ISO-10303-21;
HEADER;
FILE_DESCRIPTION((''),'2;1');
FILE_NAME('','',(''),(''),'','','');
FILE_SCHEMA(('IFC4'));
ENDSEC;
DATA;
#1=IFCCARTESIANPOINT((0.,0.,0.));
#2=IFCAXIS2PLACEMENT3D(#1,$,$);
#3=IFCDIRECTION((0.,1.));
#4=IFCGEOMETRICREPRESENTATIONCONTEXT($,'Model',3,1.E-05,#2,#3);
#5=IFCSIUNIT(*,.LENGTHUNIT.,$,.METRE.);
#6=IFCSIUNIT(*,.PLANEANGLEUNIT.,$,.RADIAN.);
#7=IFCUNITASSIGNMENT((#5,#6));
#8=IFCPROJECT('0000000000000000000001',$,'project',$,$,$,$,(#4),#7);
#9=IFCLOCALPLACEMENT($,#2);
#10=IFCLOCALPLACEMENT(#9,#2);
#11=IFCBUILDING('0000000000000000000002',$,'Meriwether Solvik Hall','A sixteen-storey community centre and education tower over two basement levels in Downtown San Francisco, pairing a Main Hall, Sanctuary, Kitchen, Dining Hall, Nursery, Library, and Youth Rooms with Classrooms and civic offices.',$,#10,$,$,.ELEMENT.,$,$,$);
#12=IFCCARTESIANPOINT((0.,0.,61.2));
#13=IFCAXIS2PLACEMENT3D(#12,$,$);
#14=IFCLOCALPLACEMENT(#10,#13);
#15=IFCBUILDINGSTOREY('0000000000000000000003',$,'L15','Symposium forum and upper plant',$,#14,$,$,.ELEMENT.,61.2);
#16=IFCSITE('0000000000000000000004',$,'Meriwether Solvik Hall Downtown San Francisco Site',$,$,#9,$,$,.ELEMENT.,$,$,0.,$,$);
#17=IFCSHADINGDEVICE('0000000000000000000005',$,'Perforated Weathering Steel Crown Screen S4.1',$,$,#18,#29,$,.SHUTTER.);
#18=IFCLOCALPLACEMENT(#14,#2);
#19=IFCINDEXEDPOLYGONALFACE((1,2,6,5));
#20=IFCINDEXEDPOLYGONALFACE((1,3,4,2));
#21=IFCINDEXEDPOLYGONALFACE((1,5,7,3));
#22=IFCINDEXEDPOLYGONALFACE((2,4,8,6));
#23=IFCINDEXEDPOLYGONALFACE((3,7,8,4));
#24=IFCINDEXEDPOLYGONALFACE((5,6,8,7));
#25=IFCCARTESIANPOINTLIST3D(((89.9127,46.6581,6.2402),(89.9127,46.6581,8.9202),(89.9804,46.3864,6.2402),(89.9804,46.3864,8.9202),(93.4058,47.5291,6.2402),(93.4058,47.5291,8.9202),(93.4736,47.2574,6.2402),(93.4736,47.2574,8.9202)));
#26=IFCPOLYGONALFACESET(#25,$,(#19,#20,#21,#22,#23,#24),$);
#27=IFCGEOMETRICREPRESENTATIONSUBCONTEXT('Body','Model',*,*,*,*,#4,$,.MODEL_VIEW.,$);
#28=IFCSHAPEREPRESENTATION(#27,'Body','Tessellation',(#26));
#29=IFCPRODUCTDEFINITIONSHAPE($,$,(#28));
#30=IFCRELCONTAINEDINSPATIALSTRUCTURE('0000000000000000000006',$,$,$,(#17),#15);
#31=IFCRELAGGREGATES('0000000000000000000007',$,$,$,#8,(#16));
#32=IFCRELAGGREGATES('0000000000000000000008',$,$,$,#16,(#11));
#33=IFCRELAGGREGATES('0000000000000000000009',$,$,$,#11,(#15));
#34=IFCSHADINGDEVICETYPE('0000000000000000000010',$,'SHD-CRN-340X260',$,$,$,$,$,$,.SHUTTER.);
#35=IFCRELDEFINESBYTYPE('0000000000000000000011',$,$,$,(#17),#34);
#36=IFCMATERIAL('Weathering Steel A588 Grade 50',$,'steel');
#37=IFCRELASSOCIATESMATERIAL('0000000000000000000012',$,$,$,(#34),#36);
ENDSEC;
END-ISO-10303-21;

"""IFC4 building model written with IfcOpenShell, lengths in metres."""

from ifc_helpers import new_model, si_unit, direction, frame, origin, origin_2d, place, context, subcontext, project, spatial, rectangle, extrude, material, type_object, element, save


model = new_model("IFC4")

# Units and contexts
model_context = context("Model", 3, precision=1e-05, world=origin(), true_north=direction((0.0, 1.0)))
body_context = subcontext(model_context, "Body", "Model", "MODEL_VIEW")
ifc_project = project(units=[si_unit("LENGTHUNIT", "METRE"), si_unit("PLANEANGLEUNIT", "RADIAN")], contexts=[model_context])

# Site, building, storey
site_placement = place(None, origin())
site = spatial("IfcSite", under=ifc_project, at=site_placement, Name="Meriwether Solvik Hall Downtown San Francisco Site", CompositionType="ELEMENT", RefElevation=0.0)
building_placement = place(site_placement, origin())
building = spatial("IfcBuilding", under=site, at=building_placement, Name="Meriwether Solvik Hall", Description="A sixteen-storey community centre and education tower over two basement levels in Downtown San Francisco, pairing a Main Hall, Sanctuary, Kitchen, Dining Hall, Nursery, Library, and Youth Rooms with Classrooms and civic offices.", CompositionType="ELEMENT")
storey_placement = place(building_placement, frame((0.0, 0.0, 61.2)))
storey = spatial("IfcBuildingStorey", under=building, at=storey_placement, Name="L15", Description="Symposium forum and upper plant", CompositionType="ELEMENT", Elevation=61.2)

# Shading device
ifc_material_1 = material(Name="Weathering Steel A588 Grade 50", Category="steel")
shading_device_type_1 = type_object("IfcShadingDeviceType", Name="SHD-CRN-340X260", PredefinedType="SHUTTER", material=ifc_material_1)
shading_device_1_placement = place(storey_placement, frame((91.6931, 46.9578, 6.2402), z_axis=(0.0, 0.0, 1.0), x_axis=(0.970296, 0.241922, 0.0)))
element("IfcShadingDevice", 1, at=shading_device_1_placement, inside=storey, type_object=shading_device_type_1, Name="Perforated Weathering Steel Crown Screen S4.1", PredefinedType="SHUTTER", context=body_context, shape_type="SweptSolid", body=[
    extrude(rectangle(XDim=3.6001, YDim=0.28, at=origin_2d()), origin(), (0.0, 0.0, 1.0), 2.6799),
])

save(model, "model.ifc")
